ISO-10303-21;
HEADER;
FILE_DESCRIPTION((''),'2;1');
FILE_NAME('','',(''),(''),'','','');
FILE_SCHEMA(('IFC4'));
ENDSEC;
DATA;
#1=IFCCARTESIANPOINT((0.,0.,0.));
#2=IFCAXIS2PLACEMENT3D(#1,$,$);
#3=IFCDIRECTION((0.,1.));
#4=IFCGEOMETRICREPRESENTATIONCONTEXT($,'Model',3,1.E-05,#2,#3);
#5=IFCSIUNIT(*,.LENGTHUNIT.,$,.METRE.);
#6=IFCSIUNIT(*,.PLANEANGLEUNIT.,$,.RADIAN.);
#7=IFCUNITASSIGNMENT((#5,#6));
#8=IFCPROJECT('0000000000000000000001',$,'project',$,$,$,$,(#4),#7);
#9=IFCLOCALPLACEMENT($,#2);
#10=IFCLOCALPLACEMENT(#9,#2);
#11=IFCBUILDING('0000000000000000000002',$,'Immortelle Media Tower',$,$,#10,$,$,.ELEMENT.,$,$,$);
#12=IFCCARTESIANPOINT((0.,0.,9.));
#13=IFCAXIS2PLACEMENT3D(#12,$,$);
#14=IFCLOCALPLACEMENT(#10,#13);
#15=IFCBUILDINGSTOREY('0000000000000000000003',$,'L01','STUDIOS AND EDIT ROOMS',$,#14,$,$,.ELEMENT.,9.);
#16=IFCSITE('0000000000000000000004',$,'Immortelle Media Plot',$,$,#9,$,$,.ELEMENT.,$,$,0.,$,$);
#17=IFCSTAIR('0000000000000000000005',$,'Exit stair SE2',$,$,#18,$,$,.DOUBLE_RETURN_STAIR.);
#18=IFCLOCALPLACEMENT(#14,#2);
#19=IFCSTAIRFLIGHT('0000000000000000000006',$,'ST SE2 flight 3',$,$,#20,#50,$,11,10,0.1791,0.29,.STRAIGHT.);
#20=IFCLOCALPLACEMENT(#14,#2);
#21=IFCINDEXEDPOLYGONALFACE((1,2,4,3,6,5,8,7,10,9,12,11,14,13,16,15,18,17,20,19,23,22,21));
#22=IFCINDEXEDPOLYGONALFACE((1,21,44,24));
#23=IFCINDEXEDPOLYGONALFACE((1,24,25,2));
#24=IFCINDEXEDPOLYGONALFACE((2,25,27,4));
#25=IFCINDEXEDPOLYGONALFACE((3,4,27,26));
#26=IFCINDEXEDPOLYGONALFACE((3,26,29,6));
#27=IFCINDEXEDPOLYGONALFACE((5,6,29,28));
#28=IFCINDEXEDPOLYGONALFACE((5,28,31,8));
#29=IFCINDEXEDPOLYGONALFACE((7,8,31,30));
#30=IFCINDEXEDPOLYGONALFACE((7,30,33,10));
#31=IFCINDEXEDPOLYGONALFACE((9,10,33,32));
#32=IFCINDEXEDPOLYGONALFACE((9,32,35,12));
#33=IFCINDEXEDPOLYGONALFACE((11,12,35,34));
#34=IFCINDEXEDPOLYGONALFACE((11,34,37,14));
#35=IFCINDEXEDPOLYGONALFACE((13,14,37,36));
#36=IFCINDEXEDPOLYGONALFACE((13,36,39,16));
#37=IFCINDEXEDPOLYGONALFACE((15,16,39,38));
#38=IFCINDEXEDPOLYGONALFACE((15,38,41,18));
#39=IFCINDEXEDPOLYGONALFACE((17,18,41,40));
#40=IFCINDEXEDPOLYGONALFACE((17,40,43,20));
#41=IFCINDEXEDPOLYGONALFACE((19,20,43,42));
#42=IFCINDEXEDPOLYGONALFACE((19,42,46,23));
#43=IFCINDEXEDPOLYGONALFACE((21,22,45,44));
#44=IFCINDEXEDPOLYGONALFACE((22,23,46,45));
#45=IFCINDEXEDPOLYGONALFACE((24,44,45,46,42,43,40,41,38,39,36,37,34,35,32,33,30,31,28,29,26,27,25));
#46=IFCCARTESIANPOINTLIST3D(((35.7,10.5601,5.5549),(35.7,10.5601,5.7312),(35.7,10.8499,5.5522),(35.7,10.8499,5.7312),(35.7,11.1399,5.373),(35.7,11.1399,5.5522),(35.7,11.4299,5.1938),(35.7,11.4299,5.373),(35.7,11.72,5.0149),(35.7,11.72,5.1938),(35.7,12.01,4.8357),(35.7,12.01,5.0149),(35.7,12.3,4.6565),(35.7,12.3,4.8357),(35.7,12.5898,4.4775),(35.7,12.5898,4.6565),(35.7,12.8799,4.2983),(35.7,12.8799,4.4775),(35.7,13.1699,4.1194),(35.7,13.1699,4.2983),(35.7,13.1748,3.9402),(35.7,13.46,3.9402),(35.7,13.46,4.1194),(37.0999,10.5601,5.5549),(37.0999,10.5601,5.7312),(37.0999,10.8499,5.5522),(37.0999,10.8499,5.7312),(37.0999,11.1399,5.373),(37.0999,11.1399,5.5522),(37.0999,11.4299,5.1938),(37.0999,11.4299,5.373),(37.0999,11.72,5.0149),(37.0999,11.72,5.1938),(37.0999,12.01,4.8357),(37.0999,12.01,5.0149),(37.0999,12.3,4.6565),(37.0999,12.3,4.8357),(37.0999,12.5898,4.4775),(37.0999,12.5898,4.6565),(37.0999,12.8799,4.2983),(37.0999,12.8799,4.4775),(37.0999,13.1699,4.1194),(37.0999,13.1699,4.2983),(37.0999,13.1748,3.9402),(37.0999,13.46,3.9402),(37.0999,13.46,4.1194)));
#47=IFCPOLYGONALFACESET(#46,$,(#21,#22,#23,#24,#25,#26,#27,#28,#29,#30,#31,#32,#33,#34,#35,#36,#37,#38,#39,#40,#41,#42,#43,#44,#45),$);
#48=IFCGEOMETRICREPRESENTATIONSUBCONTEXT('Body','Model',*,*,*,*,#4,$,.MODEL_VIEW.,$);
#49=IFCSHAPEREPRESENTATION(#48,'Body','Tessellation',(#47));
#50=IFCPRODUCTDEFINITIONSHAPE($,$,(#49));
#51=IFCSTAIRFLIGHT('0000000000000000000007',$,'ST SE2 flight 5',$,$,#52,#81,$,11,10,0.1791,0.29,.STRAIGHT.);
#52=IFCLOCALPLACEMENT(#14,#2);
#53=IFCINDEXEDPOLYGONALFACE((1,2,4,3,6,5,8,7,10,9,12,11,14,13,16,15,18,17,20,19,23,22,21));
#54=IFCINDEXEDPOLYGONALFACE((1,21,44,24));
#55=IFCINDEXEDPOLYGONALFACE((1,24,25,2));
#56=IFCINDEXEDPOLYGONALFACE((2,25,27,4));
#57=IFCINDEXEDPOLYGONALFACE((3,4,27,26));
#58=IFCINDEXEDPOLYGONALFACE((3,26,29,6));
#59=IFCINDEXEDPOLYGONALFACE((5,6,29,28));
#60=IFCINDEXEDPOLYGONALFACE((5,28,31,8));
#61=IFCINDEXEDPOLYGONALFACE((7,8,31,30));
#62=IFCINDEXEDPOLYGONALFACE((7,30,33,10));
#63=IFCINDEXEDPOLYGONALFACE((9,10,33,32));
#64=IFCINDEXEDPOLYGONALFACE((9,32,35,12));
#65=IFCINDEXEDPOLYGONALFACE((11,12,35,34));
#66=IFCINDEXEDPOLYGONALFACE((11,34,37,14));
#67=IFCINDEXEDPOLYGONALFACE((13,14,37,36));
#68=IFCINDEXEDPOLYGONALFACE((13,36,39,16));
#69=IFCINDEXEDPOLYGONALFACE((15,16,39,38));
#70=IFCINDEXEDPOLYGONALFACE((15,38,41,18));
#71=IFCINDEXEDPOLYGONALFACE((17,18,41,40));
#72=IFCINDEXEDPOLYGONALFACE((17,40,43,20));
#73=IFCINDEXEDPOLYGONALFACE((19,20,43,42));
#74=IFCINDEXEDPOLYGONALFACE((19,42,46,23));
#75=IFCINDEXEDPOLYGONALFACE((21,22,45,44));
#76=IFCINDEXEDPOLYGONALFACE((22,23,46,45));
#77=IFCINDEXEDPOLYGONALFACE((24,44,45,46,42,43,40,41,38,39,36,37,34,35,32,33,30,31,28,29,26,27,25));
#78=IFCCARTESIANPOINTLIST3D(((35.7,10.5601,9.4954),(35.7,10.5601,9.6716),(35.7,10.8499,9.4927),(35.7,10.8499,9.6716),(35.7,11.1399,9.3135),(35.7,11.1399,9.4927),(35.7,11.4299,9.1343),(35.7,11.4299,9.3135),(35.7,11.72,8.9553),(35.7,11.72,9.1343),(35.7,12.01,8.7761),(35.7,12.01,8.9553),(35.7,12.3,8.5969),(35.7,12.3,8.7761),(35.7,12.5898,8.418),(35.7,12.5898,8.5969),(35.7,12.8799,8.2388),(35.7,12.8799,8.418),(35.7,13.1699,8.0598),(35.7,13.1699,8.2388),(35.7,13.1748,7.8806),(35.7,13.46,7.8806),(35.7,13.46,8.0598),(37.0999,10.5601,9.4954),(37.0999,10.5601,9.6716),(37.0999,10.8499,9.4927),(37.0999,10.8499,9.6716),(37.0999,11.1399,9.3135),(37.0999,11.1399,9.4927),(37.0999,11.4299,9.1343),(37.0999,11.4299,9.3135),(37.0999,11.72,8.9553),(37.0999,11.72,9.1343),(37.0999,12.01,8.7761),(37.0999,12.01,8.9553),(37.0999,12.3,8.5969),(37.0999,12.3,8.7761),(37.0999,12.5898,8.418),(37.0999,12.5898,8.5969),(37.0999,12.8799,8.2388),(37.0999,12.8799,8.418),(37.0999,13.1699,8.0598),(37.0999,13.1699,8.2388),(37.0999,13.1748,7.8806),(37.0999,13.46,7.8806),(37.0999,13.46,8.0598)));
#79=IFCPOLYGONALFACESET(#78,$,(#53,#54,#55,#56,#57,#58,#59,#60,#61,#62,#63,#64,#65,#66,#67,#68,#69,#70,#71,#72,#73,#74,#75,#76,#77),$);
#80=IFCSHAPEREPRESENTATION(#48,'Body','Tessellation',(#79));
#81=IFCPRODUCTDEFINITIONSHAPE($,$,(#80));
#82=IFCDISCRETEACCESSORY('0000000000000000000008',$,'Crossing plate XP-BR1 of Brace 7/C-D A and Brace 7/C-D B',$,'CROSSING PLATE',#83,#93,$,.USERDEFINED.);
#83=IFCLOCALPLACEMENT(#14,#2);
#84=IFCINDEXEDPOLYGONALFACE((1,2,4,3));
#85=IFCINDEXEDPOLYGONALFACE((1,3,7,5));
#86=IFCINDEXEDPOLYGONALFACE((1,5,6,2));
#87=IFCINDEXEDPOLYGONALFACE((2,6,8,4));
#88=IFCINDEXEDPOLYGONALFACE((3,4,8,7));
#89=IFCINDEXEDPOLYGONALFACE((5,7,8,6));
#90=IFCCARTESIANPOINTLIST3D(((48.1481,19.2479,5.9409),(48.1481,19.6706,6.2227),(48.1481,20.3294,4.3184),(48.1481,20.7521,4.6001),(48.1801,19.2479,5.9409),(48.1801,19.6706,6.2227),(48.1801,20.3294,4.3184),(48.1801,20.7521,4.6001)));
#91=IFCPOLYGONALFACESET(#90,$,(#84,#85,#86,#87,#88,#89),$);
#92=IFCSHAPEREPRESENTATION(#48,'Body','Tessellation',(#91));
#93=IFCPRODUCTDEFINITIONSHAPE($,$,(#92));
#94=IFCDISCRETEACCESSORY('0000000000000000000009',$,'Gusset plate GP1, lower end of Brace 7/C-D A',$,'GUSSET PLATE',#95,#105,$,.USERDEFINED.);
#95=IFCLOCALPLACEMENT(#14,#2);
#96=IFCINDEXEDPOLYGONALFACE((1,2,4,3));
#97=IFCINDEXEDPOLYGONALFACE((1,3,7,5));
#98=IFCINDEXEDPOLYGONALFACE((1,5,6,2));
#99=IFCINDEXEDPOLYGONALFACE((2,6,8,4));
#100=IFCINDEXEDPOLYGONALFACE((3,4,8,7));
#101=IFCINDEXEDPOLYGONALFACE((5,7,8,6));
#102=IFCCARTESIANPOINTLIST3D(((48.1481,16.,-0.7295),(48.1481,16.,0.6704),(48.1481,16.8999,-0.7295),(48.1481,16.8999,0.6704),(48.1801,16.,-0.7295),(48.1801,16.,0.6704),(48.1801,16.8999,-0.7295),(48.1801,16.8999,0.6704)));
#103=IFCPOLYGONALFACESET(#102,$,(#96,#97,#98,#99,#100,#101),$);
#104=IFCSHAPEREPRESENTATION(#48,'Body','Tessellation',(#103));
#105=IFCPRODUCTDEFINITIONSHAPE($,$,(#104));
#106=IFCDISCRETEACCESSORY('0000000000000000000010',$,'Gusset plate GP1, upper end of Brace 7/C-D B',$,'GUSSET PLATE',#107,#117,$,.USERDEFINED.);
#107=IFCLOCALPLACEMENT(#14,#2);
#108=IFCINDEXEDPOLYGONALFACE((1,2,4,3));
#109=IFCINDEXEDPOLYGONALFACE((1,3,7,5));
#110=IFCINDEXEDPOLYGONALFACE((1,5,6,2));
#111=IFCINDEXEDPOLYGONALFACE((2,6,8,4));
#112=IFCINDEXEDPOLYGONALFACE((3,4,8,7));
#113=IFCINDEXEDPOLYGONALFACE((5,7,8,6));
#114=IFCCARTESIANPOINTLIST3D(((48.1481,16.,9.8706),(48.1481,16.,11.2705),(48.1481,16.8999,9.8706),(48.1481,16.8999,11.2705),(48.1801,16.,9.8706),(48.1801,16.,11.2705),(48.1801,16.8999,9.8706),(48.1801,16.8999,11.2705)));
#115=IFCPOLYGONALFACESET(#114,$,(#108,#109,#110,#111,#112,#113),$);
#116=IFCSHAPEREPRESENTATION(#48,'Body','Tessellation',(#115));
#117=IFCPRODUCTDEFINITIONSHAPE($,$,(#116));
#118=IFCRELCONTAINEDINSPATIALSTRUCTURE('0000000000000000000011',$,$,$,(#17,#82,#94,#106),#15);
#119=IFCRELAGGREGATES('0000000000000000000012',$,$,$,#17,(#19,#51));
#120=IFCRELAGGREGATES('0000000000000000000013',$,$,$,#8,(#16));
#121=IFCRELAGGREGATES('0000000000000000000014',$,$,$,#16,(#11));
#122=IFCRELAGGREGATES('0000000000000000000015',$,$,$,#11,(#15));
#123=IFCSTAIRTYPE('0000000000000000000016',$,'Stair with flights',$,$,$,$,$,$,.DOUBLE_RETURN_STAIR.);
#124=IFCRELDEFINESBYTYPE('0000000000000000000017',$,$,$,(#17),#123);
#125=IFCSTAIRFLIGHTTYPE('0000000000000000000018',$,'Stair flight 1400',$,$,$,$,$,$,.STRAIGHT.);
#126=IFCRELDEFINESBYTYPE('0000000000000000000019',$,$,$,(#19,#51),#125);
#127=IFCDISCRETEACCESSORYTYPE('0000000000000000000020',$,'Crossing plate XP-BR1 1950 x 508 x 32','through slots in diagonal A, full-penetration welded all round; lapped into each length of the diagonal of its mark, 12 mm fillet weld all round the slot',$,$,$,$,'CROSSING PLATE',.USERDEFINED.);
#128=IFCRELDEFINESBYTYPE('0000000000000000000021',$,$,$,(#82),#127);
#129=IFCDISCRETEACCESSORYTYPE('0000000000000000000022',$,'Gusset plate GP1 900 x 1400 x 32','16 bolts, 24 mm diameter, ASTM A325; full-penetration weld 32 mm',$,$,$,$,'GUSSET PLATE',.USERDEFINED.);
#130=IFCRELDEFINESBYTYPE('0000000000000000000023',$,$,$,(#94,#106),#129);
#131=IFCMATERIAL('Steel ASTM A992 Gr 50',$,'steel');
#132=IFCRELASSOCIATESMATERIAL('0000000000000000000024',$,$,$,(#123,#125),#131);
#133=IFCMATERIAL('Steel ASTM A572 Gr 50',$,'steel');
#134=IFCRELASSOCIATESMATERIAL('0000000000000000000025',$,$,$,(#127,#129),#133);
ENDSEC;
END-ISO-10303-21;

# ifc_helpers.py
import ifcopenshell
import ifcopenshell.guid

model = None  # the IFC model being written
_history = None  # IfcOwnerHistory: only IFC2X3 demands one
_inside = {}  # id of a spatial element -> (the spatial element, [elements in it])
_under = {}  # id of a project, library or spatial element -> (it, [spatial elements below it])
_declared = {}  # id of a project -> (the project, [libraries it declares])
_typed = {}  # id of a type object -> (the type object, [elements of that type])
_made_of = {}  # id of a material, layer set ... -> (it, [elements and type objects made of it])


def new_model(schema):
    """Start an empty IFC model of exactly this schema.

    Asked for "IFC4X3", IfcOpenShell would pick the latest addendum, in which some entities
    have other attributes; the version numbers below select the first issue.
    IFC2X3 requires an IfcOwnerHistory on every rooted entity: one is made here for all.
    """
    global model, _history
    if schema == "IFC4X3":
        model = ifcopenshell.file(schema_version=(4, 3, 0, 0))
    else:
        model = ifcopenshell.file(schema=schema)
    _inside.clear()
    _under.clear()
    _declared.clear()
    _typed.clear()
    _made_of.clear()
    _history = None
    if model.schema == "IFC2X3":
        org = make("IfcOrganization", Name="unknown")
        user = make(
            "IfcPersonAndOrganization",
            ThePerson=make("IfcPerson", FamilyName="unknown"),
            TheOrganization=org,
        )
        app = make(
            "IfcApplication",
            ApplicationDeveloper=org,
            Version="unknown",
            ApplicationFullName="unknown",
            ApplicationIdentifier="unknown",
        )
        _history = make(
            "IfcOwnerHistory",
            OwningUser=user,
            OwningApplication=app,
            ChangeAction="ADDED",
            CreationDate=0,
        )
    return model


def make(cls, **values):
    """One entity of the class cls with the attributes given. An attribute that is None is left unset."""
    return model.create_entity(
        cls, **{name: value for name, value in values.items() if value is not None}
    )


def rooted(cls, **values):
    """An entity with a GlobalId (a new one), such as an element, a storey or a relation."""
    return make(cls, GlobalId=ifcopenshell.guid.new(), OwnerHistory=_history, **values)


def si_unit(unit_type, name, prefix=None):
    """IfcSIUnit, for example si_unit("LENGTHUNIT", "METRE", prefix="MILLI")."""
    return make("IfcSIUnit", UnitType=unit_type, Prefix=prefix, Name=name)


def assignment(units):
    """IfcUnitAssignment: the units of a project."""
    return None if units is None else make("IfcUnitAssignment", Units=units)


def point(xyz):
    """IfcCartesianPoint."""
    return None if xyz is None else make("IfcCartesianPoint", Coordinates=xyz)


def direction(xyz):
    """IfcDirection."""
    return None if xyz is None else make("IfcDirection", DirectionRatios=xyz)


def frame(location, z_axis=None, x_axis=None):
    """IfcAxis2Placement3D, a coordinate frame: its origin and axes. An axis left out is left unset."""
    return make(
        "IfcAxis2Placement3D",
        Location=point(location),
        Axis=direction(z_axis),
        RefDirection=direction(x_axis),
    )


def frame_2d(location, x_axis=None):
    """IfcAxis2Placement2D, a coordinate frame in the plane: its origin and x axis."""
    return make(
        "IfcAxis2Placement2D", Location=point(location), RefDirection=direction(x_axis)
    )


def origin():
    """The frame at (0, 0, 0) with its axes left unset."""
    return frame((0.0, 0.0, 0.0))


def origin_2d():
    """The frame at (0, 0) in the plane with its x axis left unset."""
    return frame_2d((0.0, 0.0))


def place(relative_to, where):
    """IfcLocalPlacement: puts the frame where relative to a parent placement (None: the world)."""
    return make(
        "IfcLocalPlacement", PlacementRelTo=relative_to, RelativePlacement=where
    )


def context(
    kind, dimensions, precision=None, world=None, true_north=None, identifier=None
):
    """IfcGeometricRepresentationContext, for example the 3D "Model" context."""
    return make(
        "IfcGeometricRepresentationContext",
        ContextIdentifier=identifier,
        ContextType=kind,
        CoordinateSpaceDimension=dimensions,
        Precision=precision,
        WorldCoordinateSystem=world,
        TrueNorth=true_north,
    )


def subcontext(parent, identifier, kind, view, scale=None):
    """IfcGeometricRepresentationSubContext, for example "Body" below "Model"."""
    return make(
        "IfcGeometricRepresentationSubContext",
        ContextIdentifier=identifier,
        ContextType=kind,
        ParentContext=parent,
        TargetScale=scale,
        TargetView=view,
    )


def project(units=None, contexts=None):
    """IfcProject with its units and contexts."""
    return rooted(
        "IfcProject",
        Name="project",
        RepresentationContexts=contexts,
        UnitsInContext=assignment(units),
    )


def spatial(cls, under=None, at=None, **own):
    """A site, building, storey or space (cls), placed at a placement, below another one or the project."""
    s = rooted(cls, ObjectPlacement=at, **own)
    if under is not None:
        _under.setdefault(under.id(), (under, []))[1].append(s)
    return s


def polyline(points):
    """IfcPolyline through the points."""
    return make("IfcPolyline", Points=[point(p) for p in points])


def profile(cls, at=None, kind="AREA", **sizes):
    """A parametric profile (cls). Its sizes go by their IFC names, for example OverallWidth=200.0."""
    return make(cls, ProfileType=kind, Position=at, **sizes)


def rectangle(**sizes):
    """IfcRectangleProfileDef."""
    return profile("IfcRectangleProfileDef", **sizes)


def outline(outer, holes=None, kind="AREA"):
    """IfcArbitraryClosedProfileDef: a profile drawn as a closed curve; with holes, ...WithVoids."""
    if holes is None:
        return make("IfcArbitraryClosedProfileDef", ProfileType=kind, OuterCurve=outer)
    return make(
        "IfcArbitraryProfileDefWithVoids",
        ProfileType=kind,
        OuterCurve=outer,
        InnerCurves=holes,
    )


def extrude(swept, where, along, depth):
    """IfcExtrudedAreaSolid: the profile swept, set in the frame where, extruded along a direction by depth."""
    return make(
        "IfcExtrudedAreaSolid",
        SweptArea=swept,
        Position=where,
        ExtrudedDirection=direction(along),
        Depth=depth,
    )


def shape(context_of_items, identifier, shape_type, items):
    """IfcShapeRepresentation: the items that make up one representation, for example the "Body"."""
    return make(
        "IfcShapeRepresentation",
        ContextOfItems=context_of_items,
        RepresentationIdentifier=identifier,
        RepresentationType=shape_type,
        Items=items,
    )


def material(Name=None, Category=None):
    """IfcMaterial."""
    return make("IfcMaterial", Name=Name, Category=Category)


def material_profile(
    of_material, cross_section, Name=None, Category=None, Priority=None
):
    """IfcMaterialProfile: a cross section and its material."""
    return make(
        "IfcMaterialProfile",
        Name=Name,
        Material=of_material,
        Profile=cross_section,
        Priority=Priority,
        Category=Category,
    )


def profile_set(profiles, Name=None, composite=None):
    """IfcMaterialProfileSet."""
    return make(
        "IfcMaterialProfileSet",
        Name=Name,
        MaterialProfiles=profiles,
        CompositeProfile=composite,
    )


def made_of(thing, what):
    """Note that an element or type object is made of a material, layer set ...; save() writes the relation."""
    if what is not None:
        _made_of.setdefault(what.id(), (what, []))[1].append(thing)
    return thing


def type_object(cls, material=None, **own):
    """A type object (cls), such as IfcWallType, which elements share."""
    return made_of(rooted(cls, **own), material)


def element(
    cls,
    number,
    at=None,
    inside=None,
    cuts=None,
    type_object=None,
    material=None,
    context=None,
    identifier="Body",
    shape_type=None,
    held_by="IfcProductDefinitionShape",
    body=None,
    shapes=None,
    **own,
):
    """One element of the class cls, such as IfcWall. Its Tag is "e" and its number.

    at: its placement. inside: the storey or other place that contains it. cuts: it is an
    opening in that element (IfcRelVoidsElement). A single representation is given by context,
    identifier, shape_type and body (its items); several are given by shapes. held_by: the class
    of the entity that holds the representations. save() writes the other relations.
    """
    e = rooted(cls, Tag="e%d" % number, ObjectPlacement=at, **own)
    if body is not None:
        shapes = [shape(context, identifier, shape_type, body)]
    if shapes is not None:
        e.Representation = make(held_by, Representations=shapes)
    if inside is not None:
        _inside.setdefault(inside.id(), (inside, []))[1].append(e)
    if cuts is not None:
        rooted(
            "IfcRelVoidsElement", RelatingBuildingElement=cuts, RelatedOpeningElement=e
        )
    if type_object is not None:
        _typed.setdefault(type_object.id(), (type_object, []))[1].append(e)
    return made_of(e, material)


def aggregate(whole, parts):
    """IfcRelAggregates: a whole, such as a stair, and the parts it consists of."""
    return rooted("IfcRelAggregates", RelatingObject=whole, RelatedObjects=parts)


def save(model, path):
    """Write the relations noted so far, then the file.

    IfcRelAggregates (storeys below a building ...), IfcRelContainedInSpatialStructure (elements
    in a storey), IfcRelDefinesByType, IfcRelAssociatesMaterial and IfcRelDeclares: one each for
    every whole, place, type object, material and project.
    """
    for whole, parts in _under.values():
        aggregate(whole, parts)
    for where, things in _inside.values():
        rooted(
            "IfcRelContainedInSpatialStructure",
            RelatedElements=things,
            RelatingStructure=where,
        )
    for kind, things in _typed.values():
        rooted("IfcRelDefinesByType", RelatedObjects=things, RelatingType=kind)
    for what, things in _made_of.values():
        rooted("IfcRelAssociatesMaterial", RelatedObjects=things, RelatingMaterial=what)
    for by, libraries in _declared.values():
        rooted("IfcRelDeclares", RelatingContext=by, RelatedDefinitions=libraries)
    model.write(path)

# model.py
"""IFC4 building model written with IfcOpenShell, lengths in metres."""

from ifc_helpers import new_model, si_unit, direction, frame, origin, origin_2d, place, context, subcontext, project, spatial, polyline, rectangle, outline, extrude, material, material_profile, profile_set, type_object, element, aggregate, save


model = new_model("IFC4")

# Units and contexts
model_context = context("Model", 3, precision=1e-05, world=origin(), true_north=direction((0.0, 1.0)))
body_context = subcontext(model_context, "Body", "Model", "MODEL_VIEW")
ifc_project = project(units=[si_unit("LENGTHUNIT", "METRE"), si_unit("PLANEANGLEUNIT", "RADIAN")], contexts=[model_context])

# Site, building, storey
site_placement = place(None, origin())
site = spatial("IfcSite", under=ifc_project, at=site_placement, Name="Immortelle Media Plot", CompositionType="ELEMENT", RefElevation=0.0)
building_placement = place(site_placement, origin())
building = spatial("IfcBuilding", under=site, at=building_placement, Name="Immortelle Media Tower", CompositionType="ELEMENT")
storey_placement = place(building_placement, frame((0.0, 0.0, 9.0)))
storey = spatial("IfcBuildingStorey", under=building, at=storey_placement, Name="L01", Description="STUDIOS AND EDIT ROOMS", CompositionType="ELEMENT", Elevation=9.0)

# Shared definitions
ifc_material_1 = material(Name="Steel ASTM A992 Gr 50", Category="steel")

# Stair, stair flights
stair_type = type_object("IfcStairType", Name="Stair with flights", PredefinedType="DOUBLE_RETURN_STAIR", material=ifc_material_1)
stair_flight_type = type_object("IfcStairFlightType", Name="Stair flight 1400", PredefinedType="STRAIGHT", material=ifc_material_1)
stair_1_placement = place(storey_placement, origin())
stair_1 = element("IfcStair", 1, at=stair_1_placement, inside=storey, type_object=stair_type, Name="Exit stair SE2", PredefinedType="DOUBLE_RETURN_STAIR")
stair_flight_1_placement = place(storey_placement, frame((36.3999, 13.46, 3.9402), z_axis=(0.0, 0.0, 1.0), x_axis=(0.0, -1.0, 0.0)))
stair_flight_1 = element("IfcStairFlight", 2, at=stair_flight_1_placement, type_object=stair_flight_type, Name="ST SE2 flight 3", NumberOfRisers=11, NumberOfTreads=10, PredefinedType="STRAIGHT", RiserHeight=0.1791, TreadLength=0.29, context=body_context, shape_type="SweptSolid", body=[
    extrude(outline(polyline([(0.0, 0.0), (0.0, 0.1792), (0.29, 0.1792), (0.29, 0.3582), (0.5801, 0.3582), (0.5801, 0.5374), (0.8701, 0.5374), (0.8701, 0.7163), (1.1599, 0.7163), (1.1599, 0.8955), (1.45, 0.8955), (1.45, 1.0747), (1.74, 1.0747), (1.74, 1.2537), (2.03, 1.2537), (2.03, 1.4329), (2.3201, 1.4329), (2.3201, 1.6121), (2.6101, 1.6121), (2.6101, 1.791), (2.8999, 1.791), (2.8999, 1.9702), (2.8999, 1.6147), (0.2852, 0.0), (0.0, 0.0)])), frame((0.0, 0.7, 0.0), z_axis=(0.0, -1.0, 0.0), x_axis=(1.0, 0.0, 0.0)), (0.0, 0.0, 1.0), 1.3999),
])
stair_flight_2_placement = place(storey_placement, frame((36.3999, 13.46, 7.8806), z_axis=(0.0, 0.0, 1.0), x_axis=(0.0, -1.0, 0.0)))
stair_flight_2 = element("IfcStairFlight", 3, at=stair_flight_2_placement, type_object=stair_flight_type, Name="ST SE2 flight 5", NumberOfRisers=11, NumberOfTreads=10, PredefinedType="STRAIGHT", RiserHeight=0.1791, TreadLength=0.29, context=body_context, shape_type="SweptSolid", body=[
    extrude(outline(polyline([(0.0, 0.0), (0.0, 0.1792), (0.29, 0.1792), (0.29, 0.3582), (0.5801, 0.3582), (0.5801, 0.5374), (0.8701, 0.5374), (0.8701, 0.7163), (1.1599, 0.7163), (1.1599, 0.8955), (1.45, 0.8955), (1.45, 1.0747), (1.74, 1.0747), (1.74, 1.2537), (2.03, 1.2537), (2.03, 1.4329), (2.3201, 1.4329), (2.3201, 1.6121), (2.6101, 1.6121), (2.6101, 1.791), (2.8999, 1.791), (2.8999, 1.9702), (2.8999, 1.6147), (0.2852, 0.0), (0.0, 0.0)])), frame((0.0, 0.7, 0.0), z_axis=(0.0, -1.0, 0.0), x_axis=(1.0, 0.0, 0.0)), (0.0, 0.0, 1.0), 1.3999),
])
aggregate(stair_1, [stair_flight_1, stair_flight_2])

# Discrete accessories
ifc_material_2 = material(Name="Steel ASTM A572 Gr 50", Category="steel")
ifc_material_profile_1 = material_profile(ifc_material_2, rectangle(XDim=0.032, YDim=0.5081, at=origin_2d()), Name="PL 32 x 508")
ifc_profile_set_1 = profile_set([ifc_material_profile_1], Name="Steel ASTM A572 Gr 50")
discrete_accessory_type_1 = type_object("IfcDiscreteAccessoryType", Name="Crossing plate XP-BR1 1950 x 508 x 32", Description="through slots in diagonal A, full-penetration welded all round; lapped into each length of the diagonal of its mark, 12 mm fillet weld all round the slot", ElementType="CROSSING PLATE", PredefinedType="USERDEFINED", material=ifc_profile_set_1)
discrete_accessory_placement = place(storey_placement, frame((48.1641, 19.4592, 6.0818), z_axis=(0.0, 0.554642, -0.832089), x_axis=(-1.0, 0.0, 0.0)))
element("IfcDiscreteAccessory", 4, at=discrete_accessory_placement, inside=storey, type_object=discrete_accessory_type_1, Name="Crossing plate XP-BR1 of Brace 7/C-D A and Brace 7/C-D B", ObjectType="CROSSING PLATE", PredefinedType="USERDEFINED", context=body_context, shape_type="SweptSolid", body=[
    extrude(rectangle(XDim=0.032, YDim=0.5081, at=origin_2d()), origin(), (0.0, 0.0, 1.0), 1.95),
])
ifc_material_profile_2 = material_profile(ifc_material_2, rectangle(XDim=0.032, YDim=1.3999, at=origin_2d()), Name="PL 32 x 1400")
ifc_profile_set_2 = profile_set([ifc_material_profile_2], Name="Steel ASTM A572 Gr 50")
discrete_accessory_type_2 = type_object("IfcDiscreteAccessoryType", Name="Gusset plate GP1 900 x 1400 x 32", Description="16 bolts, 24 mm diameter, ASTM A325; full-penetration weld 32 mm", ElementType="GUSSET PLATE", PredefinedType="USERDEFINED", material=ifc_profile_set_2)
for number, where, z_axis, x_axis, name in (
    (5, (48.1641, 16.0, -0.0295), (0.0, 1.0, 0.0), (-1.0, 0.0, 0.0), "Gusset plate GP1, lower end of Brace 7/C-D A"),
    (6, (48.1641, 16.0, 10.5706), (0.0, 1.0, 0.0), (-1.0, 0.0, 0.0), "Gusset plate GP1, upper end of Brace 7/C-D B"),
):
    element("IfcDiscreteAccessory", number, at=place(storey_placement, frame(where, z_axis=z_axis, x_axis=x_axis)), inside=storey, type_object=discrete_accessory_type_2, Name=name, ObjectType="GUSSET PLATE", PredefinedType="USERDEFINED", context=body_context, shape_type="SweptSolid", body=[
        extrude(rectangle(XDim=0.032, YDim=1.3999, at=origin_2d()), origin(), (0.0, 0.0, 1.0), 0.8999),
    ])

save(model, "model.ifc")
